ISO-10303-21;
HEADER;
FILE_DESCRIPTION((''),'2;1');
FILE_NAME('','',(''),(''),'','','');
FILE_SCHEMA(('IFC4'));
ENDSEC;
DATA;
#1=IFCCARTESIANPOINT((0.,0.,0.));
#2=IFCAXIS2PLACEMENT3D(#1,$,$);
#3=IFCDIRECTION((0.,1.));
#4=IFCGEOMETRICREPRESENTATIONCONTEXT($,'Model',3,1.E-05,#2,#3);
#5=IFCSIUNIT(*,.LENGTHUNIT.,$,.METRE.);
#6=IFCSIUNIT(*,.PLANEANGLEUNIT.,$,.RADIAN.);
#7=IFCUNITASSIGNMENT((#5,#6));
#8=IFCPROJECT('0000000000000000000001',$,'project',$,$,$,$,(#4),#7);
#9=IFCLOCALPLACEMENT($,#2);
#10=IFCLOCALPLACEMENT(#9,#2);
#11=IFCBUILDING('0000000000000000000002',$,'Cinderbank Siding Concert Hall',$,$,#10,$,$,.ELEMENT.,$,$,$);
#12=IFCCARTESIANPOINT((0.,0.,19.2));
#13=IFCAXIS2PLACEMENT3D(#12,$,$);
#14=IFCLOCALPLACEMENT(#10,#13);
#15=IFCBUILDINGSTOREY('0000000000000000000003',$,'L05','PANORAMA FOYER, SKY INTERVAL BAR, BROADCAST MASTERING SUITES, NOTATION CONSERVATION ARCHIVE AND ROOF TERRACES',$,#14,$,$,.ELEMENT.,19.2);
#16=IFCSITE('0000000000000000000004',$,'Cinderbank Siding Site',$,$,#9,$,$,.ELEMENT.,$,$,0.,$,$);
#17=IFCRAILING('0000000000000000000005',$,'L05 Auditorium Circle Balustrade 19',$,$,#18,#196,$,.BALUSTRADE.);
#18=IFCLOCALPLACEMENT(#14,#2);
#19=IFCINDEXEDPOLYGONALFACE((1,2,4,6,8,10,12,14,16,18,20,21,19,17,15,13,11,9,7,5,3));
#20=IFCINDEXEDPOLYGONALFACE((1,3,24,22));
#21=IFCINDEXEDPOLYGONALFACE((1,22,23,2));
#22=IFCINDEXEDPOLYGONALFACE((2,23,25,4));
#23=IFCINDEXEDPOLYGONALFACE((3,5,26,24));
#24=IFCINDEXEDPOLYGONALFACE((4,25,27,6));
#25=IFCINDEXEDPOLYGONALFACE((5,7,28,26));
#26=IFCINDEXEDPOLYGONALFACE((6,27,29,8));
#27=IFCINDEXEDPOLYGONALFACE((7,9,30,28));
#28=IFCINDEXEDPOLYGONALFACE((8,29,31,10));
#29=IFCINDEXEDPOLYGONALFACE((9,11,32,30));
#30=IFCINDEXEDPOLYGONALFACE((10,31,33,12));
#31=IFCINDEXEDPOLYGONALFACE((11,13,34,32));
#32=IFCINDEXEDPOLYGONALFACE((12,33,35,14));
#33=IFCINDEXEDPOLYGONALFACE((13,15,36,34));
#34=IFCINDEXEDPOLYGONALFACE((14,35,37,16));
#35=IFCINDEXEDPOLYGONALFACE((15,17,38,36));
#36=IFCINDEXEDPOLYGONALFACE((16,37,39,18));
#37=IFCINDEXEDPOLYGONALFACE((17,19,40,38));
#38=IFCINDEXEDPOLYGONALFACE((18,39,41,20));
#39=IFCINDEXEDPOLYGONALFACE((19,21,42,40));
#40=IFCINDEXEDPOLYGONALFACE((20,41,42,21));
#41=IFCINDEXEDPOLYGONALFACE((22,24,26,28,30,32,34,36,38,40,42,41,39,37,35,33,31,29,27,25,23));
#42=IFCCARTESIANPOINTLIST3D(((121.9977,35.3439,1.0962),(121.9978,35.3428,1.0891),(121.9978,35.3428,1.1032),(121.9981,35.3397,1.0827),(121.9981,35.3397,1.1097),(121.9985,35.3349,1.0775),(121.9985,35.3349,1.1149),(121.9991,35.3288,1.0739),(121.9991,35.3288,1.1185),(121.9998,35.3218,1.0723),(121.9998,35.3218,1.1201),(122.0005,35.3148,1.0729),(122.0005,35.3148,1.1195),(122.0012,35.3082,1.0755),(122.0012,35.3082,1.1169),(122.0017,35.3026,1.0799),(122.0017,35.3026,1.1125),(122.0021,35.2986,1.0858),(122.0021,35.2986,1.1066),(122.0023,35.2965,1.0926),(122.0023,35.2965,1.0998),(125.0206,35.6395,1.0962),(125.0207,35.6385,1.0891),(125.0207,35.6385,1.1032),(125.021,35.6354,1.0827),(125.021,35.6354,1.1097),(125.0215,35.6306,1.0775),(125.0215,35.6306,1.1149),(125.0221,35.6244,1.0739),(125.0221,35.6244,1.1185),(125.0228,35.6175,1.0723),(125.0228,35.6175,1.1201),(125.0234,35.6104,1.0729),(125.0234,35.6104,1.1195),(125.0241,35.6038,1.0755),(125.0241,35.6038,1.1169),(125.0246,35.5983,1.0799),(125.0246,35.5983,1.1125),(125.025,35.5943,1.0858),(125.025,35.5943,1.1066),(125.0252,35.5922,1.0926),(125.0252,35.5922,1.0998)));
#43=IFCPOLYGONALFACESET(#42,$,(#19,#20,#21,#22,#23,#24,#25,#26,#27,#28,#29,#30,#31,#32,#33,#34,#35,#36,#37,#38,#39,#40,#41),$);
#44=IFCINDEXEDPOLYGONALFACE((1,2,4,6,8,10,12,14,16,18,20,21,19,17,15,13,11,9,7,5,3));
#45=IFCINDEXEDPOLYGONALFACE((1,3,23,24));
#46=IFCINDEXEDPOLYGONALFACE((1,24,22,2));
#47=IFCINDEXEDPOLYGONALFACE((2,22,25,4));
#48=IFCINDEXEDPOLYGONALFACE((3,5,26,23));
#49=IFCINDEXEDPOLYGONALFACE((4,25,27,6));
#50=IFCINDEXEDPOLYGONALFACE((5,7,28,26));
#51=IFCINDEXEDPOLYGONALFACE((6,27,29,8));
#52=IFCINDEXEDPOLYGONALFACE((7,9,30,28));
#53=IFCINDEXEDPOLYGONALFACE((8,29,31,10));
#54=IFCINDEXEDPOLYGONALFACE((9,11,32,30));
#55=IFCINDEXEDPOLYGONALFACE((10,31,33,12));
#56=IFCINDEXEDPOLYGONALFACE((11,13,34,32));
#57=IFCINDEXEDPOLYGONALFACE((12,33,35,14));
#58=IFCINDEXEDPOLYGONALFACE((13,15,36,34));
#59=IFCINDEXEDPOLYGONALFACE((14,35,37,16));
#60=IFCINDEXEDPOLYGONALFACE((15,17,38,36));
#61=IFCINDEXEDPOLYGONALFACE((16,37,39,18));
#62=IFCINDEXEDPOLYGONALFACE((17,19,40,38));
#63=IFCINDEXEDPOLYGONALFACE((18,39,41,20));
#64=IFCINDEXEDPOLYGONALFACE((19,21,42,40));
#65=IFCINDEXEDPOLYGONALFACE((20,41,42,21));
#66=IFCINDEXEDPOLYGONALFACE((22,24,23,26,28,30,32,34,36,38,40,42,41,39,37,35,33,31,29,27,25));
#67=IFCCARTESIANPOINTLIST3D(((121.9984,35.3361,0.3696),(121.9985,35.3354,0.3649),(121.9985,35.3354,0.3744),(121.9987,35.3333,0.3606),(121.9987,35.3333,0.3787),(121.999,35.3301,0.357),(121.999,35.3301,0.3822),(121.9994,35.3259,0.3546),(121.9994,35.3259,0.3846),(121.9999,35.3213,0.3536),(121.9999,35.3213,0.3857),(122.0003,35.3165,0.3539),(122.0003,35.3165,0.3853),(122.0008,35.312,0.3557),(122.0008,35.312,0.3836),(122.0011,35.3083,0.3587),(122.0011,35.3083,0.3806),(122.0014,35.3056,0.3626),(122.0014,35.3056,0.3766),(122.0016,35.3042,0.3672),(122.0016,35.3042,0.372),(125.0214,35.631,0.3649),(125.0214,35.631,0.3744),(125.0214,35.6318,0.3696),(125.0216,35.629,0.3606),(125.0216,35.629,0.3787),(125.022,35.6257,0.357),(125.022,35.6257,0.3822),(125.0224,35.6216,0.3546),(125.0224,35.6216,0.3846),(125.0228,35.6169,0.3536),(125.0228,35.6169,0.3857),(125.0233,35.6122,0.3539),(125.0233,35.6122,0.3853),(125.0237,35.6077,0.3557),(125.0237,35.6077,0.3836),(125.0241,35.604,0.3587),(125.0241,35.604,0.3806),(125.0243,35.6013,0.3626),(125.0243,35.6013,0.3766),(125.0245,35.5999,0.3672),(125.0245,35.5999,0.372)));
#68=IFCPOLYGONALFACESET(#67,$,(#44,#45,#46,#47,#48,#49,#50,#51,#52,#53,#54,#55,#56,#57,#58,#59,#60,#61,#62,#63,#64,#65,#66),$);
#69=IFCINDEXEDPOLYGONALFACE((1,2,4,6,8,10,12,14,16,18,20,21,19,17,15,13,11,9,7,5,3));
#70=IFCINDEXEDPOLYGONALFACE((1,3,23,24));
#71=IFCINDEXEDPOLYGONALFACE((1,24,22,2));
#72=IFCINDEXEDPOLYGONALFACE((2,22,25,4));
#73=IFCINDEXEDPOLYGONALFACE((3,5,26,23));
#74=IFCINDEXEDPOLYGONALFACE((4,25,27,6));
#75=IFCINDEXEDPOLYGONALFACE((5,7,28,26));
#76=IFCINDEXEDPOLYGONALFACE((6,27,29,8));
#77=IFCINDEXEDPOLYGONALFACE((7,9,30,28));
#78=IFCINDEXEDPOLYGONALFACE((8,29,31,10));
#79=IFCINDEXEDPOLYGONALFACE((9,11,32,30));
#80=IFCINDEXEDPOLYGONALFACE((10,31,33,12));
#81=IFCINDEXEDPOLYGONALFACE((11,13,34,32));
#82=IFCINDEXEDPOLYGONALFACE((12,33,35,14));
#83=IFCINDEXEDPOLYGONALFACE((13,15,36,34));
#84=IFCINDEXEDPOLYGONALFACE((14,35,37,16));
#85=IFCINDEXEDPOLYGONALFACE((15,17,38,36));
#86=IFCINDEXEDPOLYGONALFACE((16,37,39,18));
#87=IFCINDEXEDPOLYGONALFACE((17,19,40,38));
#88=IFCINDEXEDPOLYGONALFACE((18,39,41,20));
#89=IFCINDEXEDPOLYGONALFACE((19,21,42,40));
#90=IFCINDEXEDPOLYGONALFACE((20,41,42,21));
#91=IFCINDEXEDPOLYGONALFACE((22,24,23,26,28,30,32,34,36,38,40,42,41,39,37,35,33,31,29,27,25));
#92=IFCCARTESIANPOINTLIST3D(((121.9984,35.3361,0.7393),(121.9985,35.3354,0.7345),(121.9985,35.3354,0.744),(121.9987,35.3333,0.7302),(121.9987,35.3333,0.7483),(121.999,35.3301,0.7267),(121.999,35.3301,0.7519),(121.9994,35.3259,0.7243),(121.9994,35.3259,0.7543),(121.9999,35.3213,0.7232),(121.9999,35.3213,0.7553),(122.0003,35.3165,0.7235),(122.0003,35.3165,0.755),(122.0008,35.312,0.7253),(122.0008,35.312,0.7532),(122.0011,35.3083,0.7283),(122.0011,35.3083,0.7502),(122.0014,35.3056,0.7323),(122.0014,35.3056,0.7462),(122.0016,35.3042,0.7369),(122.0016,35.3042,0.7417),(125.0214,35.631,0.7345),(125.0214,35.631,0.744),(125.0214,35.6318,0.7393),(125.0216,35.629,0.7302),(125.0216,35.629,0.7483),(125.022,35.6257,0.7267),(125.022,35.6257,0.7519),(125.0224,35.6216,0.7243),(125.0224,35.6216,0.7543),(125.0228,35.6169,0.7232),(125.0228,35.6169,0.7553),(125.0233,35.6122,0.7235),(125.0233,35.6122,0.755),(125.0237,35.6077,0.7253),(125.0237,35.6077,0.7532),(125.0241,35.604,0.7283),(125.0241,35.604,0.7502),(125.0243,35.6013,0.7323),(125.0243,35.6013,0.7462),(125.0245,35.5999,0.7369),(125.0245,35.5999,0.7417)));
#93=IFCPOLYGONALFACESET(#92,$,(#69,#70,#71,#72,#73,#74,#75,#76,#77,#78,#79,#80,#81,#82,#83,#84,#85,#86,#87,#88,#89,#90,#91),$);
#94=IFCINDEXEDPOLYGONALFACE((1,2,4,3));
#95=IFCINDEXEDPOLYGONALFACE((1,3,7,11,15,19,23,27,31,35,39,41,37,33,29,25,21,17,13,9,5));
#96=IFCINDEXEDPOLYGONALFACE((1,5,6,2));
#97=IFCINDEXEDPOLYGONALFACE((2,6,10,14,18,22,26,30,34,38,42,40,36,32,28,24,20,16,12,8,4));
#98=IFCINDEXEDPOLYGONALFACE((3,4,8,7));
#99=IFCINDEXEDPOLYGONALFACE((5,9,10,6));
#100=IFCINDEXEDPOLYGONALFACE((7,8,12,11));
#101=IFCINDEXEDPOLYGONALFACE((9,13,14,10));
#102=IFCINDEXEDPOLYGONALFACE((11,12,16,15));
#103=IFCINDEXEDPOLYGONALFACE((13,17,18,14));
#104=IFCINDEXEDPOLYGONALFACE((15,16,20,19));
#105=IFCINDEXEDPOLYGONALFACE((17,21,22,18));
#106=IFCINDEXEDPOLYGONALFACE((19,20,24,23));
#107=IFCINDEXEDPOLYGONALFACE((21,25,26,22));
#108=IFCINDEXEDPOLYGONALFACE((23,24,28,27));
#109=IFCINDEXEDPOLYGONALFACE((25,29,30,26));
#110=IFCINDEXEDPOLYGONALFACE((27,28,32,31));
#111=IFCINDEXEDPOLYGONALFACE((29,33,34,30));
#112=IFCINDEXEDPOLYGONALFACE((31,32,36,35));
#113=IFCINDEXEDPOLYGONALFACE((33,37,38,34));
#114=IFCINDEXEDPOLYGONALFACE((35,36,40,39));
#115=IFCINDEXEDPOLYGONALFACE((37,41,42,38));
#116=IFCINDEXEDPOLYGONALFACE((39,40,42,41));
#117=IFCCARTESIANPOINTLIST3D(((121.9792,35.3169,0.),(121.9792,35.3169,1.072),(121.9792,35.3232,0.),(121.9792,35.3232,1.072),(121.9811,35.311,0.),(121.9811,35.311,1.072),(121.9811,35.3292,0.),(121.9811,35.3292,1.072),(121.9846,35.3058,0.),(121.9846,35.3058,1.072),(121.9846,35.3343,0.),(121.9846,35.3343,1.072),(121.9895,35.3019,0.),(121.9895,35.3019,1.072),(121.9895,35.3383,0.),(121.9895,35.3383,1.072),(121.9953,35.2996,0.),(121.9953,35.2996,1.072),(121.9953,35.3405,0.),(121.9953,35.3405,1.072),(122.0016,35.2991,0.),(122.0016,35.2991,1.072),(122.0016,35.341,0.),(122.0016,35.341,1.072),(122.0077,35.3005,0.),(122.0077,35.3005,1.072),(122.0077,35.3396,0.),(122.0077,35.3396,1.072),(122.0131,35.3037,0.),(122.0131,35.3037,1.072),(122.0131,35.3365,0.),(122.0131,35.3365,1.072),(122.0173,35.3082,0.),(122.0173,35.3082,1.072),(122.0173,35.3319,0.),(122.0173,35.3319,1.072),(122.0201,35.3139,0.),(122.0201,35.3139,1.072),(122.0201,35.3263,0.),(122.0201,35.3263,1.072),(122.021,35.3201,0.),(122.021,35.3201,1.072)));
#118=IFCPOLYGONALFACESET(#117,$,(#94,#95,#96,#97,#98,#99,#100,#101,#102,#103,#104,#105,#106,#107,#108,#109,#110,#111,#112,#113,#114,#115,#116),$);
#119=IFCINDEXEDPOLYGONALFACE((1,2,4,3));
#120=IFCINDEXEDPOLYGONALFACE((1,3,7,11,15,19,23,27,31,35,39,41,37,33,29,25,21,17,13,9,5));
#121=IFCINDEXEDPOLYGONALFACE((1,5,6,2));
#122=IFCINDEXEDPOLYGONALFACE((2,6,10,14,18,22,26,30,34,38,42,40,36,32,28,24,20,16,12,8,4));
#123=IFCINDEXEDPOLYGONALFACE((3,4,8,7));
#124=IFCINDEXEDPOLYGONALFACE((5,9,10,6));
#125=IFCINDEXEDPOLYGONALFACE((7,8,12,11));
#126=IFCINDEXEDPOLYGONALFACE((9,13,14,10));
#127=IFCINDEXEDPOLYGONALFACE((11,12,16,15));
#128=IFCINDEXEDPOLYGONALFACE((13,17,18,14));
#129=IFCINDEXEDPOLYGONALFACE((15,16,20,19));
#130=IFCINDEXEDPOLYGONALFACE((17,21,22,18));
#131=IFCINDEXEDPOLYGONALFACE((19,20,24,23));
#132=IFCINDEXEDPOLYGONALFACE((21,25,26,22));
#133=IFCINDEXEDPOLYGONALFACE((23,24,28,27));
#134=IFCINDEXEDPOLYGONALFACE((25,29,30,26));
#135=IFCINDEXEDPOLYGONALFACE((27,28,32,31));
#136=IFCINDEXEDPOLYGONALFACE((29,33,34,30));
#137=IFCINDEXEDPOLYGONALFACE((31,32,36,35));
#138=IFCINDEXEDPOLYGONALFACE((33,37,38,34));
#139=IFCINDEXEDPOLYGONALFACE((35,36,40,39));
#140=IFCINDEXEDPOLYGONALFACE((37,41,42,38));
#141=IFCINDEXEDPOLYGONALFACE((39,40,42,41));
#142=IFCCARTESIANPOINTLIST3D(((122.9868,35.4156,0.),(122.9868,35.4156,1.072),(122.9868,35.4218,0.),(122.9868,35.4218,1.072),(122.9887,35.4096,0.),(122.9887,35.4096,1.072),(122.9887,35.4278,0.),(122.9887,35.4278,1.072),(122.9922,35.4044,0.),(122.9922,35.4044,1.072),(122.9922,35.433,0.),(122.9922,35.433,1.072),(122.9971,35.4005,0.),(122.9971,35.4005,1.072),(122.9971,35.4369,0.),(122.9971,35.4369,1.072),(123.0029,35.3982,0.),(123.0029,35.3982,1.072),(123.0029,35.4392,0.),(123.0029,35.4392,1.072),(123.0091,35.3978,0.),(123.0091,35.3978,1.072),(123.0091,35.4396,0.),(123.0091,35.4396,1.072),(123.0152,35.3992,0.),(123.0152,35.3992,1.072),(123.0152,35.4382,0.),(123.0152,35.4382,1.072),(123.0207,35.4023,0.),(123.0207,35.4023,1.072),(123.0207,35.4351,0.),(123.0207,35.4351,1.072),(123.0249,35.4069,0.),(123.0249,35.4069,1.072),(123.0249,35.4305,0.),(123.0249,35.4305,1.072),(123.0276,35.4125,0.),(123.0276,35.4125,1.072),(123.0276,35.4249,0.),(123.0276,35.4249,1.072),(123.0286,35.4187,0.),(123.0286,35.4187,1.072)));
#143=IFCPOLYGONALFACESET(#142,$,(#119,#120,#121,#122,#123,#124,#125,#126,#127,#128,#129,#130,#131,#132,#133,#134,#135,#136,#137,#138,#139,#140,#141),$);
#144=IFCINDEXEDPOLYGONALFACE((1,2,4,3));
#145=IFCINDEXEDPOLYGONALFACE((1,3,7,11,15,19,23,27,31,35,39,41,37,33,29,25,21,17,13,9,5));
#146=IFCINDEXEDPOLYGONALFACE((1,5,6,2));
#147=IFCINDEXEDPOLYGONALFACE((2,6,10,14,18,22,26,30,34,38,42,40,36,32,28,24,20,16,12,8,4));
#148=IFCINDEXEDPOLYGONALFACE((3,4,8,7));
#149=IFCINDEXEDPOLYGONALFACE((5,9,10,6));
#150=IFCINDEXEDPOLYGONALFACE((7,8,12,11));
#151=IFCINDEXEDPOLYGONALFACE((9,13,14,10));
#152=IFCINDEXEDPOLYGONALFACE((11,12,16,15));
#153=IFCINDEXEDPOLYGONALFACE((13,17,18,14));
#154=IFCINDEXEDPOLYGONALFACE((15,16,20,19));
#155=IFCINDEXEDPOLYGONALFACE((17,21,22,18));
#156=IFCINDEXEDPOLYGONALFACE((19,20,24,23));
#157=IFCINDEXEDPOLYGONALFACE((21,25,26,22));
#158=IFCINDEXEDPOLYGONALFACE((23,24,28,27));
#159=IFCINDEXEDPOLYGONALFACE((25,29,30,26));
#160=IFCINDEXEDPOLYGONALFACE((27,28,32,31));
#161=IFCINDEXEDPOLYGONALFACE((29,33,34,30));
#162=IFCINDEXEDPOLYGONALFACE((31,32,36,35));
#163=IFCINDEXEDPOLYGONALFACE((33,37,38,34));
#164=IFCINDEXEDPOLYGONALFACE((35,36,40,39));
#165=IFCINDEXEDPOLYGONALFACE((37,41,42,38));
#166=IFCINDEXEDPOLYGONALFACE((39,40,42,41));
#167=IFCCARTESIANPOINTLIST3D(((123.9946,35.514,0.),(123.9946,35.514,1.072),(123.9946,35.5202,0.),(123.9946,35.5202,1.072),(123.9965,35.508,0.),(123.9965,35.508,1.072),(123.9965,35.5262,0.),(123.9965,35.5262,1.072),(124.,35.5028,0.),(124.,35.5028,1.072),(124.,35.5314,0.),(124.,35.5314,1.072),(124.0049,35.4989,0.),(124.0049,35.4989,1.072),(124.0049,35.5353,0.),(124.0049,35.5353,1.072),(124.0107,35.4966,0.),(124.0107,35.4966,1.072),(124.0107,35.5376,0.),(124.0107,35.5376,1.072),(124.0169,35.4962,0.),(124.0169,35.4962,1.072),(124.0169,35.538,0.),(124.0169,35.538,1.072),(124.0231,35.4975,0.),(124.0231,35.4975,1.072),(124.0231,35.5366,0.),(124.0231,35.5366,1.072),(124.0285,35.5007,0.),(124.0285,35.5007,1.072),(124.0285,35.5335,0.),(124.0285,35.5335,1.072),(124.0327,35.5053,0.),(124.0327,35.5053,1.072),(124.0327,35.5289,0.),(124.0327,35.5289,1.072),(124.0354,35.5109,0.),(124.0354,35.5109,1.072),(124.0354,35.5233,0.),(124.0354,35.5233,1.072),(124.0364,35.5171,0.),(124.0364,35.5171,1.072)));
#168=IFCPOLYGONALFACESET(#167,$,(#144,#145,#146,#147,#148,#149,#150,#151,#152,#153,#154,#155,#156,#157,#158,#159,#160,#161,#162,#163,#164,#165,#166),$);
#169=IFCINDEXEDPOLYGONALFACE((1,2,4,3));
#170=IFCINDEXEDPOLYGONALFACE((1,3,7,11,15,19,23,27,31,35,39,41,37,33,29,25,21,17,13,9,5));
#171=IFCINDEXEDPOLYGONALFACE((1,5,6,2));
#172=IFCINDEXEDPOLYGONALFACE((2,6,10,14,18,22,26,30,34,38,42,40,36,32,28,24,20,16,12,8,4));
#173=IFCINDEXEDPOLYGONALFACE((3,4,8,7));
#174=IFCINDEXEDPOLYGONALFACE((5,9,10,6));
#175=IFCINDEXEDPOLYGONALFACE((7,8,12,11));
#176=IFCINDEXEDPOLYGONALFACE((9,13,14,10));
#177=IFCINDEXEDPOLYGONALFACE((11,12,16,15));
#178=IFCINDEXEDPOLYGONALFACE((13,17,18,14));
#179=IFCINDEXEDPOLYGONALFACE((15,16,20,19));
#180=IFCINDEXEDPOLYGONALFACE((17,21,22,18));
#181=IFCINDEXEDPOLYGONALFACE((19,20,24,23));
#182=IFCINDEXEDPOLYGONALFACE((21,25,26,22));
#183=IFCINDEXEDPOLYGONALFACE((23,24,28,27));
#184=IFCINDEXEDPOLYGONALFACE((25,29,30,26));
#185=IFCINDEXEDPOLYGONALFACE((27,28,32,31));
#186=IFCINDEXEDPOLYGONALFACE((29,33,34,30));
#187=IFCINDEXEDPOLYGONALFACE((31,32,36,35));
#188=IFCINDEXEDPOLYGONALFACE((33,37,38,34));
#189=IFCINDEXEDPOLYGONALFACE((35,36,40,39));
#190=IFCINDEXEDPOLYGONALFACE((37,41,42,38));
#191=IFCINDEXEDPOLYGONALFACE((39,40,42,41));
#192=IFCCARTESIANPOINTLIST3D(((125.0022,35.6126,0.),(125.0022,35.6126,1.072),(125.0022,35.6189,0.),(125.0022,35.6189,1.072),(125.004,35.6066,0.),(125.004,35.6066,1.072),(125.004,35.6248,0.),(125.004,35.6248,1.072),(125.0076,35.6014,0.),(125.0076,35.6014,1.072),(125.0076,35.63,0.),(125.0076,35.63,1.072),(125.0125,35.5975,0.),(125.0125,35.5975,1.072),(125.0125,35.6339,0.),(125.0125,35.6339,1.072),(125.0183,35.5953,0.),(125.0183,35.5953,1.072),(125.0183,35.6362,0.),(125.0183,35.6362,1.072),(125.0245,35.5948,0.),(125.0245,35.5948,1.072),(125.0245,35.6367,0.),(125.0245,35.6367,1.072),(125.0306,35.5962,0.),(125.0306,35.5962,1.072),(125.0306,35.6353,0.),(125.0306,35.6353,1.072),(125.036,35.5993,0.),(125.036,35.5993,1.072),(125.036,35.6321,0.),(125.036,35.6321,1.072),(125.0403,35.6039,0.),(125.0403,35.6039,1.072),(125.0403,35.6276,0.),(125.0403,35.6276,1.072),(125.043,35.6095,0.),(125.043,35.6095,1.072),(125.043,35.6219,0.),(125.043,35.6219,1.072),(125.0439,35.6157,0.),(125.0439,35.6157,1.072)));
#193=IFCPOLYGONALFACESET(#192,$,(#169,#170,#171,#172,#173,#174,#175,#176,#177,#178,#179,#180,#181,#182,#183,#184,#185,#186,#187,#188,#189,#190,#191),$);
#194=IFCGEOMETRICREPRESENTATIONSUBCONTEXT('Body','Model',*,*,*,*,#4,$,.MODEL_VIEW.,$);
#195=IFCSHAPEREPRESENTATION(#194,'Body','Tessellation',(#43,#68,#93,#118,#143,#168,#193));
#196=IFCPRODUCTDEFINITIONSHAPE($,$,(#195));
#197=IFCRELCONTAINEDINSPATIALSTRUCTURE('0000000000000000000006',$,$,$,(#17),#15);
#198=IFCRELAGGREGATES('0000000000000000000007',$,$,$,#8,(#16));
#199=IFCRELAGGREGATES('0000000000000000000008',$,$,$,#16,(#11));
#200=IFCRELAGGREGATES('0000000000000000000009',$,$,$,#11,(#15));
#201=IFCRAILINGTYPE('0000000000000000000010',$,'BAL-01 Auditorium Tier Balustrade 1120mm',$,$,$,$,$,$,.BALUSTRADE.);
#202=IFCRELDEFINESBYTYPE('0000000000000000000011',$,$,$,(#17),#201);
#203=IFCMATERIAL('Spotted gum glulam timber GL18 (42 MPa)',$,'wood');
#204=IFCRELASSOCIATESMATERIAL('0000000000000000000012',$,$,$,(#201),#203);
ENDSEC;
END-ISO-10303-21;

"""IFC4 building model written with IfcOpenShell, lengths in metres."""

from ifc_helpers import new_model, si_unit, direction, frame, origin, origin_2d, place, context, subcontext, project, spatial, circle, extrude, material, type_object, element, save


model = new_model("IFC4")

# Units and contexts
model_context = context("Model", 3, precision=1e-05, world=origin(), true_north=direction((0.0, 1.0)))
body_context = subcontext(model_context, "Body", "Model", "MODEL_VIEW")
ifc_project = project(units=[si_unit("LENGTHUNIT", "METRE"), si_unit("PLANEANGLEUNIT", "RADIAN")], contexts=[model_context])

# Site, building, storey
site_placement = place(None, origin())
site = spatial("IfcSite", under=ifc_project, at=site_placement, Name="Cinderbank Siding Site", CompositionType="ELEMENT", RefElevation=0.0)
building_placement = place(site_placement, origin())
building = spatial("IfcBuilding", under=site, at=building_placement, Name="Cinderbank Siding Concert Hall", CompositionType="ELEMENT")
storey_placement = place(building_placement, frame((0.0, 0.0, 19.2)))
storey = spatial("IfcBuildingStorey", under=building, at=storey_placement, Name="L05", Description="PANORAMA FOYER, SKY INTERVAL BAR, BROADCAST MASTERING SUITES, NOTATION CONSERVATION ARCHIVE AND ROOF TERRACES", CompositionType="ELEMENT", Elevation=19.2)

# Railing
ifc_material_1 = material(Name="Spotted gum glulam timber GL18 (42 MPa)", Category="wood")
railing_type = type_object("IfcRailingType", Name="BAL-01 Auditorium Tier Balustrade 1120mm", PredefinedType="BALUSTRADE", material=ifc_material_1)
railing_1_placement = place(storey_placement, frame((122.0, 35.3201, 0.0)))
element("IfcRailing", 1, at=railing_1_placement, inside=storey, type_object=railing_type, Name="L05 Auditorium Circle Balustrade 19", PredefinedType="BALUSTRADE", context=body_context, shape_type="SweptSolid", body=[
    extrude(circle(Radius=0.0239, at=origin_2d()), frame((0.0, 0.0, 1.0962), z_axis=(0.995251, 0.097339, 0.0), x_axis=(-0.097339, 0.995251, 0.0)), (0.0, 0.0, 1.0), 3.0374),
    extrude(circle(Radius=0.0161, at=origin_2d()), frame((0.0, 0.0, 0.3696), z_axis=(0.995251, 0.097339, 0.0), x_axis=(-0.097339, 0.995251, 0.0)), (0.0, 0.0, 1.0), 3.0374),
    extrude(circle(Radius=0.0161, at=origin_2d()), frame((0.0, 0.0, 0.7393), z_axis=(0.995251, 0.097339, 0.0), x_axis=(-0.097339, 0.995251, 0.0)), (0.0, 0.0, 1.0), 3.0374),
    extrude(circle(Radius=0.021, at=origin_2d()), origin(), (0.0, 0.0, 1.0), 1.072),
    extrude(circle(Radius=0.021, at=origin_2d()), frame((1.0076, 0.0986, 0.0)), (0.0, 0.0, 1.0), 1.072),
    extrude(circle(Radius=0.021, at=origin_2d()), frame((2.0154, 0.197, 0.0)), (0.0, 0.0, 1.0), 1.072),
    extrude(circle(Radius=0.021, at=origin_2d()), frame((3.0229, 0.2957, 0.0)), (0.0, 0.0, 1.0), 1.072),
])

save(model, "model.ifc")
